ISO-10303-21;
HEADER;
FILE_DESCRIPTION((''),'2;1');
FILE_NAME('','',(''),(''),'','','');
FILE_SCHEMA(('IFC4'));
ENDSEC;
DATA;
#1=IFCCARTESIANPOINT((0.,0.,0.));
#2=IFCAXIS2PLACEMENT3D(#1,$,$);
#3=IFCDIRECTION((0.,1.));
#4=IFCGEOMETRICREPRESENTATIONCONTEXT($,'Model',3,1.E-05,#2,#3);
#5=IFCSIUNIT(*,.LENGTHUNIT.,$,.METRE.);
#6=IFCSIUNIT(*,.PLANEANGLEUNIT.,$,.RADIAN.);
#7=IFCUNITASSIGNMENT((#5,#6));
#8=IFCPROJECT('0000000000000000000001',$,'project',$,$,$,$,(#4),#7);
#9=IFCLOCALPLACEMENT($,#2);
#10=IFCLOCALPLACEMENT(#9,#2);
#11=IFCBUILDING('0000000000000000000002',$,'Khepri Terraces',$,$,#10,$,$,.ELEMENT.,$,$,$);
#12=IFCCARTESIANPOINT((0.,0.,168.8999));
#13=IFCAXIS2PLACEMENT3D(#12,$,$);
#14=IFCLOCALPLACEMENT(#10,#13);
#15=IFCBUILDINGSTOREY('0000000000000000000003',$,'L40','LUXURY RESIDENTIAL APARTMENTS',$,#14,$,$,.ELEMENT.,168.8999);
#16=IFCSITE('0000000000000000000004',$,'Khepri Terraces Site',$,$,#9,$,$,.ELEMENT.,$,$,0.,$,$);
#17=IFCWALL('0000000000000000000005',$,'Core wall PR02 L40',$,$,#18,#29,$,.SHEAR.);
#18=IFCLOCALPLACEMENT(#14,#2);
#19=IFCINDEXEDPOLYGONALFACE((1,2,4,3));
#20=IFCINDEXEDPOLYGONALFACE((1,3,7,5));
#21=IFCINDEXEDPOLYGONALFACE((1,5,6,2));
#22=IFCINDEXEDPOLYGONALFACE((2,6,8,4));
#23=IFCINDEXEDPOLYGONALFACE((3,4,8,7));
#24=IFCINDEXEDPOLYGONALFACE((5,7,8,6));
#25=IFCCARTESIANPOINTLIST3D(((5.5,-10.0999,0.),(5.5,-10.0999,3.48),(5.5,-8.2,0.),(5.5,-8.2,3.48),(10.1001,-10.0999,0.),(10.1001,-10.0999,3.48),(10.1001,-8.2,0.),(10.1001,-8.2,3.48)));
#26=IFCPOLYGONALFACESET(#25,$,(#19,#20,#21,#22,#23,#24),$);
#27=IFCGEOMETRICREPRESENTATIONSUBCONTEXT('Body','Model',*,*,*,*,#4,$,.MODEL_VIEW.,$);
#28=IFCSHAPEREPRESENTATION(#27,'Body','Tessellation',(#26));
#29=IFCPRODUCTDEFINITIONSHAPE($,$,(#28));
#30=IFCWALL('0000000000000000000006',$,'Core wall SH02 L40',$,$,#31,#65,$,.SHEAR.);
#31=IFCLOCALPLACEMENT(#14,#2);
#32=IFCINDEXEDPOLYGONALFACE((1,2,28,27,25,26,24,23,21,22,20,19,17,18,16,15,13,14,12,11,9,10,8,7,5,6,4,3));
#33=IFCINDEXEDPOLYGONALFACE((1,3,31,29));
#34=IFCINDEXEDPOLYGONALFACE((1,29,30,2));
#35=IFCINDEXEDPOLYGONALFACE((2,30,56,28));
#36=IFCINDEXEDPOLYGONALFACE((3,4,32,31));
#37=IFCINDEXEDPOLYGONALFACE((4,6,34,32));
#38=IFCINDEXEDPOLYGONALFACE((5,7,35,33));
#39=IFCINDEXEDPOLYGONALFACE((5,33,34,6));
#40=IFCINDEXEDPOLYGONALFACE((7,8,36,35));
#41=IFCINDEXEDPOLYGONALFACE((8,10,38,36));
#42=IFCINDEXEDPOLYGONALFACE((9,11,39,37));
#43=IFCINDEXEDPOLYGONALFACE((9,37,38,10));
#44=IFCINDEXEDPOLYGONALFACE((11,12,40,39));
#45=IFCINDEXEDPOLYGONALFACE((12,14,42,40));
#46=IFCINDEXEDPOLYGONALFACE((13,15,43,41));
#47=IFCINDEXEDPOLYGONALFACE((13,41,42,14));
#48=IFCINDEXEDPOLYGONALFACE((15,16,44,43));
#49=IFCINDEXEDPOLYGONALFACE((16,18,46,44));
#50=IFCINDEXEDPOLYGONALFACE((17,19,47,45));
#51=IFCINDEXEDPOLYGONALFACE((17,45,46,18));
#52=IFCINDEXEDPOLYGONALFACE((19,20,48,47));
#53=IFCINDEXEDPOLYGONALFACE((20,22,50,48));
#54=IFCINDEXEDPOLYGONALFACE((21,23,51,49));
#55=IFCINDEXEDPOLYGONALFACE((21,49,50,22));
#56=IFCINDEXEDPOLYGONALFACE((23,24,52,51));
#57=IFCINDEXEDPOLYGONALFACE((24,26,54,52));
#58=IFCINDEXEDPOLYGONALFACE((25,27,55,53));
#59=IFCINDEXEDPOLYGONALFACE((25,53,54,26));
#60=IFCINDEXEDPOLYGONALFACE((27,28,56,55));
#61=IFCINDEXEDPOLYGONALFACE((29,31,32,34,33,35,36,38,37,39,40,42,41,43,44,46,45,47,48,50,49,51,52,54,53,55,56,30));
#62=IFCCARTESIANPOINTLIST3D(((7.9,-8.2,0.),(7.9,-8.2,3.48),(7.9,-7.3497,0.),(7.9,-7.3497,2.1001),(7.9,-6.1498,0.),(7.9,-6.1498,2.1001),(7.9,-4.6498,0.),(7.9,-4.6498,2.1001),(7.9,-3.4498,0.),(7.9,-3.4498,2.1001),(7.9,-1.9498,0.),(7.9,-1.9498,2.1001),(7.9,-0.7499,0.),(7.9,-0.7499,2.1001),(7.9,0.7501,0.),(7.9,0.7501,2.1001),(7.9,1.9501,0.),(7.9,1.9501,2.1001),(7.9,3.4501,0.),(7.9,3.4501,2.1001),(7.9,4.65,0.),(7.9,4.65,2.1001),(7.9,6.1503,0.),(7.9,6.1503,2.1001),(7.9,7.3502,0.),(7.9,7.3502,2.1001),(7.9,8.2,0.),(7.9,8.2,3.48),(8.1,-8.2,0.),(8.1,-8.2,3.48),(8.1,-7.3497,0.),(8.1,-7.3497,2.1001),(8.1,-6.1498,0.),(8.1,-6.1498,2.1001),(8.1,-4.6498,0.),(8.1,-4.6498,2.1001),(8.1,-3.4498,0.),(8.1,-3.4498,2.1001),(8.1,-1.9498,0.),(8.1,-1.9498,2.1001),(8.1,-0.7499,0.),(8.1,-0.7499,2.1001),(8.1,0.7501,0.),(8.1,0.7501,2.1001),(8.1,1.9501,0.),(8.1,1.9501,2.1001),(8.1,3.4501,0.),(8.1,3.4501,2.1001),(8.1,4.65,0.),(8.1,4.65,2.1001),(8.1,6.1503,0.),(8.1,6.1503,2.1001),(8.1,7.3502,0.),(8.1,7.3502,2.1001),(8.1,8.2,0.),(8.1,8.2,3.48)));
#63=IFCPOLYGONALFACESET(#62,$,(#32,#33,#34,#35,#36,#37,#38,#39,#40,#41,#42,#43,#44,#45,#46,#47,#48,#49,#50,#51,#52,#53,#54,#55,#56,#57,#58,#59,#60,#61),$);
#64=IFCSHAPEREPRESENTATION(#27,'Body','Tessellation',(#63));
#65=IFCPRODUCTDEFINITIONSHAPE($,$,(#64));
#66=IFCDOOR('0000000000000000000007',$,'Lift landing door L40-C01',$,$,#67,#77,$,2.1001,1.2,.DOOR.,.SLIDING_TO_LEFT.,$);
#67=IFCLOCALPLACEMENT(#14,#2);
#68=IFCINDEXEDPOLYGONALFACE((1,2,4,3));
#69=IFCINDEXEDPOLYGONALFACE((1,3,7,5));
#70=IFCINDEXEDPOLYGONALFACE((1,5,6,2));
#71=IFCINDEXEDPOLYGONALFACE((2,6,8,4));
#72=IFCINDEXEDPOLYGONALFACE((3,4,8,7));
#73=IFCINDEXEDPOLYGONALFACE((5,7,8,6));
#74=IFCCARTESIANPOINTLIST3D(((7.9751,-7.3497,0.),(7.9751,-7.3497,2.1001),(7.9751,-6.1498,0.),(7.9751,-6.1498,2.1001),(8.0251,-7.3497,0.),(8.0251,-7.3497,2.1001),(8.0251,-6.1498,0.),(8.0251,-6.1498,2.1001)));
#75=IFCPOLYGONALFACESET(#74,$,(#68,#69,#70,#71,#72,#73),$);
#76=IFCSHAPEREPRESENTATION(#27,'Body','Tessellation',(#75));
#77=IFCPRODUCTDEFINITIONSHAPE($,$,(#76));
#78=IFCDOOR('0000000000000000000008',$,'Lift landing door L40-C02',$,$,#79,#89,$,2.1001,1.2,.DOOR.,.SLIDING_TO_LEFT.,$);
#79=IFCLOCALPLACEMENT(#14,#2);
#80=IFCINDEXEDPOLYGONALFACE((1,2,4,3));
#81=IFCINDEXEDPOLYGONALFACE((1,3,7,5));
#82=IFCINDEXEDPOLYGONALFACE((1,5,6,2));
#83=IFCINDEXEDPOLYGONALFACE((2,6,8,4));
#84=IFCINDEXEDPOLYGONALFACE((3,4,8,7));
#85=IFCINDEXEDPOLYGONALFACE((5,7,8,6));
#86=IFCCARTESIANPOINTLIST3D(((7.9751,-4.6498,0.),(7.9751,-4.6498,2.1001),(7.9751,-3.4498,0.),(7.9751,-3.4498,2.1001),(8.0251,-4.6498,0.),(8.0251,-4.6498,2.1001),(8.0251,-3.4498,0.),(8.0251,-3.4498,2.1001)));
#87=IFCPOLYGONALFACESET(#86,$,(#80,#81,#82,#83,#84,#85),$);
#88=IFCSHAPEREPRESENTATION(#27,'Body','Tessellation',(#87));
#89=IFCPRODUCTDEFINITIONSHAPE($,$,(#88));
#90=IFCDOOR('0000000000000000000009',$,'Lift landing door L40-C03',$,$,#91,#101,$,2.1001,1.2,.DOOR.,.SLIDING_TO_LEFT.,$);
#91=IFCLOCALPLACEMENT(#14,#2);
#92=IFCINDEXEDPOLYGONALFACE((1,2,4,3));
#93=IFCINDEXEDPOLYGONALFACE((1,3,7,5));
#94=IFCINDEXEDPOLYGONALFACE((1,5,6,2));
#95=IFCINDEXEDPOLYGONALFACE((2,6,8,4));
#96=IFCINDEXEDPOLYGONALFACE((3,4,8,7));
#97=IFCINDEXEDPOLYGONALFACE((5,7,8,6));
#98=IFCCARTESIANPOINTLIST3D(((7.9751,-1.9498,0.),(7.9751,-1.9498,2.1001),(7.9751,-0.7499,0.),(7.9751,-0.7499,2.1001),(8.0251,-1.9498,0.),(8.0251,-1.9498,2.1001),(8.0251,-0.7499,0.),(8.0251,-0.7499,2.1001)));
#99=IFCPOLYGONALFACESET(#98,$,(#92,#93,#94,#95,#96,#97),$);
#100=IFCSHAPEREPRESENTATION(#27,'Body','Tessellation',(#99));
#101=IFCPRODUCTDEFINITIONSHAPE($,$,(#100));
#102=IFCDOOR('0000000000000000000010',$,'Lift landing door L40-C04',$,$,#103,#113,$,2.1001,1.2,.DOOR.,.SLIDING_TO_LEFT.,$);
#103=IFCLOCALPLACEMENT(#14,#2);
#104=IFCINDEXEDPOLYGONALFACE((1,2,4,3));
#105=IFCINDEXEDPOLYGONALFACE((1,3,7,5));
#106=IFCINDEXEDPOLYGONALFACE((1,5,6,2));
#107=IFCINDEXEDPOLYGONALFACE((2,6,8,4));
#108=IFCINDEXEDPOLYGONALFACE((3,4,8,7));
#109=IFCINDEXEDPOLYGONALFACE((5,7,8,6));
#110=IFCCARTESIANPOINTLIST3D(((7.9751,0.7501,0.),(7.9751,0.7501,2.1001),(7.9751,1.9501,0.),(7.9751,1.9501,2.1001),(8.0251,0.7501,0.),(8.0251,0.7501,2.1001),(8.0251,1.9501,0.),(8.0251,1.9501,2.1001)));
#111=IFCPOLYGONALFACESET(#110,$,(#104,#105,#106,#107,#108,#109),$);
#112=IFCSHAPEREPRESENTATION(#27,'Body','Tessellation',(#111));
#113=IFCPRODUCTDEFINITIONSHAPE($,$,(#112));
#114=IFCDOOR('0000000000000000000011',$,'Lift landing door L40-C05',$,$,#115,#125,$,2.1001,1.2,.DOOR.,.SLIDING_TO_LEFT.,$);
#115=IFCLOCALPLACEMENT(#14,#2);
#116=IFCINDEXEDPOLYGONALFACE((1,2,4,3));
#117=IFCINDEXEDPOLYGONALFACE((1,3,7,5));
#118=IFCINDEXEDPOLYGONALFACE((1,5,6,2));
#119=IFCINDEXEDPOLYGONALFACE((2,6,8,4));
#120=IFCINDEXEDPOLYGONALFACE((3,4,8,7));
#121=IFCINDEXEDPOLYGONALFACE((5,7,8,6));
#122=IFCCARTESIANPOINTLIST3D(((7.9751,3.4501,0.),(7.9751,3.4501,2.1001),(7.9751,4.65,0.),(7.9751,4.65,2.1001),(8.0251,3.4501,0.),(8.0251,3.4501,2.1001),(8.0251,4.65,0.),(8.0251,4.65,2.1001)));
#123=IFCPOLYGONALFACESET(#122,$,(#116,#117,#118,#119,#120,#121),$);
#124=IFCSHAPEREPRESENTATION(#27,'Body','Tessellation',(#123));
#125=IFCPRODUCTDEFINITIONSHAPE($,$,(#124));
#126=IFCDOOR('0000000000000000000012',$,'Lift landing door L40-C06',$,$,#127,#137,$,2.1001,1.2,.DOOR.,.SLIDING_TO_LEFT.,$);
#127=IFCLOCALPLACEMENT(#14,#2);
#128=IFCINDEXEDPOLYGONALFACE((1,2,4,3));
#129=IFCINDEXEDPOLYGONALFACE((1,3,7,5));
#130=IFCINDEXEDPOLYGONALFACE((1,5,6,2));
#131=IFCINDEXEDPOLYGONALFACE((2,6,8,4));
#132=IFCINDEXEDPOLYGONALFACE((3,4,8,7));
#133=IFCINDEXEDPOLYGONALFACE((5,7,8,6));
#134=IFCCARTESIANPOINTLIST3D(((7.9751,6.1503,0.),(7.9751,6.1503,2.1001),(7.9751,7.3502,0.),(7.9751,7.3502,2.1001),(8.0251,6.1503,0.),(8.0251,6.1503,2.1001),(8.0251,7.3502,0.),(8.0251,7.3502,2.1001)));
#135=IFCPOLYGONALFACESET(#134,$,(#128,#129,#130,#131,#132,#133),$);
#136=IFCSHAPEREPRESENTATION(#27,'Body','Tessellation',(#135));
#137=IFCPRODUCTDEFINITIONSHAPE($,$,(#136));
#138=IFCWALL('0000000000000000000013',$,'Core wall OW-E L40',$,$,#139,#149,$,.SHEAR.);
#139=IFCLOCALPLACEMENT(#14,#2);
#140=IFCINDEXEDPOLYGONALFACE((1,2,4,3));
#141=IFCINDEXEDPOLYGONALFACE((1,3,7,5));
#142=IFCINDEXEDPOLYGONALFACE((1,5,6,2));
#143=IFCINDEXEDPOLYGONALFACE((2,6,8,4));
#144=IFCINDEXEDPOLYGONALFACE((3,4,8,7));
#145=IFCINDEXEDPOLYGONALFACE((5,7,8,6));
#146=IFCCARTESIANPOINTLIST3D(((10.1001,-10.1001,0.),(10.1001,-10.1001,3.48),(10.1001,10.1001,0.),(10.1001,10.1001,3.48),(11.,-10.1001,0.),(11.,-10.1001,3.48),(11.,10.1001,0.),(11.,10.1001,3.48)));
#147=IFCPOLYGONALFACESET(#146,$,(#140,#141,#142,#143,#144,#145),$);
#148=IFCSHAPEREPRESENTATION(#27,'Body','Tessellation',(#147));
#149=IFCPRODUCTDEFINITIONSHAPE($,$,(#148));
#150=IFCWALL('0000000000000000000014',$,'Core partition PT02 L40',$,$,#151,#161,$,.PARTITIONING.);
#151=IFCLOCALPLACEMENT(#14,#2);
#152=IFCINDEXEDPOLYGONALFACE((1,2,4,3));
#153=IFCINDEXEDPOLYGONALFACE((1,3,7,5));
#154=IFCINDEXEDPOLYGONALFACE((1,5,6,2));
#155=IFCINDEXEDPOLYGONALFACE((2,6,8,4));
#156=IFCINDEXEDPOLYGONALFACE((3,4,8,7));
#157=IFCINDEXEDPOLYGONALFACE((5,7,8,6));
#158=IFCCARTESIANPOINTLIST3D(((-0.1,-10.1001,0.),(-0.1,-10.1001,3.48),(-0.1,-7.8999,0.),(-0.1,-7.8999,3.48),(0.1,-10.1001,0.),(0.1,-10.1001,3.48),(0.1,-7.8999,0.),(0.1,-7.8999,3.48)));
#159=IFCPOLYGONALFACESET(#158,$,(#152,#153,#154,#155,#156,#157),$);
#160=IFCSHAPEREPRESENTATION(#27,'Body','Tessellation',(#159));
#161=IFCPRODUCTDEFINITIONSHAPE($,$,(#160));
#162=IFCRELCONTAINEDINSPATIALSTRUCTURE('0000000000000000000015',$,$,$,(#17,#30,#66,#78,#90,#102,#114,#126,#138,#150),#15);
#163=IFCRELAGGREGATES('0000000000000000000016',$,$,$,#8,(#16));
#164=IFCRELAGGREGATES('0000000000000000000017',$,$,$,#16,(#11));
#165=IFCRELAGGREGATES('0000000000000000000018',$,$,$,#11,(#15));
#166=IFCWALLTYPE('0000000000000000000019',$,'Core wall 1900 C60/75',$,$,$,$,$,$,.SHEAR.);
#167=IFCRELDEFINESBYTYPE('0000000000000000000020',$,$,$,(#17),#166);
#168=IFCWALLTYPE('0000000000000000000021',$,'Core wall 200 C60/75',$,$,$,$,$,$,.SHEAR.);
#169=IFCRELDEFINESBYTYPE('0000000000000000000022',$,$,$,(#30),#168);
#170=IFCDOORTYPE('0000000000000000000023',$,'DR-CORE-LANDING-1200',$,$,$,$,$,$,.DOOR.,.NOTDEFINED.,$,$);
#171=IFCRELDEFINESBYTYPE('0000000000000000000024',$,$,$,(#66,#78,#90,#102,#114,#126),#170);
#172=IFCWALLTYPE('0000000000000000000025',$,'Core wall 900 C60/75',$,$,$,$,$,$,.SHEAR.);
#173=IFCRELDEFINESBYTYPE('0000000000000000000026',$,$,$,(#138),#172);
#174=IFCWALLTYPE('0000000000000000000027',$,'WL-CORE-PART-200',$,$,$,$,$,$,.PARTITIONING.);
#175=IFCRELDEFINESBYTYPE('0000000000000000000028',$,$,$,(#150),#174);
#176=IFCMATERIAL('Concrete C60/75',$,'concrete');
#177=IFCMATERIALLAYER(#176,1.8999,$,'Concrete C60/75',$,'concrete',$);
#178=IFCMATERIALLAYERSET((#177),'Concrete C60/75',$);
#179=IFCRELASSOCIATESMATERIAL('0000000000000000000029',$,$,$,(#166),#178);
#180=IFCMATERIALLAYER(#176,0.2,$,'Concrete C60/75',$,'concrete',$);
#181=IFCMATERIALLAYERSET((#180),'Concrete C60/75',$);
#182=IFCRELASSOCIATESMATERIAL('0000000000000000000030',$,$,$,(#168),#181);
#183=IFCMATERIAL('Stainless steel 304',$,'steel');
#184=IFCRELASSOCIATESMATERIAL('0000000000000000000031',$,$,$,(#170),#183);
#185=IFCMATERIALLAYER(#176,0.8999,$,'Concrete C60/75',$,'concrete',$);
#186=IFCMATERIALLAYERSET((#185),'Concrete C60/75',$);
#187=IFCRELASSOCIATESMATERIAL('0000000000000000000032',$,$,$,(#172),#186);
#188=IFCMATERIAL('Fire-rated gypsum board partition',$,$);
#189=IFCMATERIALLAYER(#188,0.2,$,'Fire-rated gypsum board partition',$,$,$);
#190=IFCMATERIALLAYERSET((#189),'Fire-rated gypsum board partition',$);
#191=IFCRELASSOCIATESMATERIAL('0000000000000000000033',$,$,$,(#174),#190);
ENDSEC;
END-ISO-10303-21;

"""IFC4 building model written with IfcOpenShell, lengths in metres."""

from ifc_helpers import new_model, si_unit, direction, frame, frame_2d, origin, place, context, subcontext, project, spatial, rectangle, extrude, material, layer, layer_set, type_object, element, fill, save


model = new_model("IFC4")

# Units and contexts
model_context = context("Model", 3, precision=1e-05, world=origin(), true_north=direction((0.0, 1.0)))
body_context = subcontext(model_context, "Body", "Model", "MODEL_VIEW")
ifc_project = project(units=[si_unit("LENGTHUNIT", "METRE"), si_unit("PLANEANGLEUNIT", "RADIAN")], contexts=[model_context])

# Site, building, storey
site_placement = place(None, origin())
site = spatial("IfcSite", under=ifc_project, at=site_placement, Name="Khepri Terraces Site", CompositionType="ELEMENT", RefElevation=0.0)
building_placement = place(site_placement, origin())
building = spatial("IfcBuilding", under=site, at=building_placement, Name="Khepri Terraces", CompositionType="ELEMENT")
storey_placement = place(building_placement, frame((0.0, 0.0, 168.8999)))
storey = spatial("IfcBuildingStorey", under=building, at=storey_placement, Name="L40", Description="LUXURY RESIDENTIAL APARTMENTS", CompositionType="ELEMENT", Elevation=168.8999)

# Wall
ifc_material_1 = material(Name="Concrete C60/75", Category="concrete")
ifc_layer_1 = layer(ifc_material_1, 1.8999, Name="Concrete C60/75", Category="concrete")
ifc_layer_set_1 = layer_set([ifc_layer_1], Name="Concrete C60/75")
wall_type_1 = type_object("IfcWallType", Name="Core wall 1900 C60/75", PredefinedType="SHEAR", material=ifc_layer_set_1)
wall_1_placement = place(storey_placement, frame((5.5, -9.1499, 0.0), z_axis=(0.0, 0.0, 1.0), x_axis=(1.0, 0.0, 0.0)))
element("IfcWall", 1, at=wall_1_placement, inside=storey, type_object=wall_type_1, Name="Core wall PR02 L40", PredefinedType="SHEAR", context=body_context, shape_type="SweptSolid", body=[
    extrude(rectangle(XDim=4.6001, YDim=1.8999, at=frame_2d((2.3, 0.0))), origin(), (0.0, 0.0, 1.0), 3.48),
])

# Wall, openings, doors
ifc_layer_2 = layer(ifc_material_1, 0.2, Name="Concrete C60/75", Category="concrete")
ifc_layer_set_2 = layer_set([ifc_layer_2], Name="Concrete C60/75")
wall_type_2 = type_object("IfcWallType", Name="Core wall 200 C60/75", PredefinedType="SHEAR", material=ifc_layer_set_2)
wall_2_placement = place(storey_placement, frame((8.0, -8.2, 0.0), z_axis=(0.0, 0.0, 1.0), x_axis=(0.0, 1.0, 0.0)))
wall_2 = element("IfcWall", 2, at=wall_2_placement, inside=storey, type_object=wall_type_2, Name="Core wall SH02 L40", PredefinedType="SHEAR", context=body_context, shape_type="SweptSolid", body=[
    extrude(rectangle(XDim=16.3999, YDim=0.2, at=frame_2d((8.2, 0.0))), origin(), (0.0, 0.0, 1.0), 3.48),
])
opening_1_placement = place(wall_2_placement, frame((0.8501, 0.0, 0.0)))
opening_1 = element("IfcOpeningElement", 3, at=opening_1_placement, cuts=wall_2, PredefinedType="OPENING", context=body_context, shape_type="SweptSolid", body=[
    extrude(rectangle(XDim=1.2, YDim=2.1001, at=frame_2d((0.6001, 1.05))), frame((0.0, 0.1099, 0.0), z_axis=(0.0, -1.0, 0.0), x_axis=(1.0, 0.0, 0.0)), (0.0, 0.0, 1.0), 0.22),
])
opening_2_placement = place(wall_2_placement, frame((3.55, 0.0, 0.0)))
opening_2 = element("IfcOpeningElement", 4, at=opening_2_placement, cuts=wall_2, PredefinedType="OPENING", context=body_context, shape_type="SweptSolid", body=[
    extrude(rectangle(XDim=1.2, YDim=2.1001, at=frame_2d((0.6001, 1.05))), frame((0.0, 0.1099, 0.0), z_axis=(0.0, -1.0, 0.0), x_axis=(1.0, 0.0, 0.0)), (0.0, 0.0, 1.0), 0.22),
])
opening_3_placement = place(wall_2_placement, frame((6.25, 0.0, 0.0)))
opening_3 = element("IfcOpeningElement", 5, at=opening_3_placement, cuts=wall_2, PredefinedType="OPENING", context=body_context, shape_type="SweptSolid", body=[
    extrude(rectangle(XDim=1.2, YDim=2.1001, at=frame_2d((0.6001, 1.05))), frame((0.0, 0.1099, 0.0), z_axis=(0.0, -1.0, 0.0), x_axis=(1.0, 0.0, 0.0)), (0.0, 0.0, 1.0), 0.22),
])
opening_4_placement = place(wall_2_placement, frame((8.95, 0.0, 0.0)))
opening_4 = element("IfcOpeningElement", 6, at=opening_4_placement, cuts=wall_2, PredefinedType="OPENING", context=body_context, shape_type="SweptSolid", body=[
    extrude(rectangle(XDim=1.2, YDim=2.1001, at=frame_2d((0.6001, 1.05))), frame((0.0, 0.1099, 0.0), z_axis=(0.0, -1.0, 0.0), x_axis=(1.0, 0.0, 0.0)), (0.0, 0.0, 1.0), 0.22),
])
opening_5_placement = place(wall_2_placement, frame((11.6499, 0.0, 0.0)))
opening_5 = element("IfcOpeningElement", 7, at=opening_5_placement, cuts=wall_2, PredefinedType="OPENING", context=body_context, shape_type="SweptSolid", body=[
    extrude(rectangle(XDim=1.2, YDim=2.1001, at=frame_2d((0.6001, 1.05))), frame((0.0, 0.1099, 0.0), z_axis=(0.0, -1.0, 0.0), x_axis=(1.0, 0.0, 0.0)), (0.0, 0.0, 1.0), 0.22),
])
opening_6_placement = place(wall_2_placement, frame((14.3501, 0.0, 0.0)))
opening_6 = element("IfcOpeningElement", 8, at=opening_6_placement, cuts=wall_2, PredefinedType="OPENING", context=body_context, shape_type="SweptSolid", body=[
    extrude(rectangle(XDim=1.2, YDim=2.1001, at=frame_2d((0.6001, 1.05))), frame((0.0, 0.1099, 0.0), z_axis=(0.0, -1.0, 0.0), x_axis=(1.0, 0.0, 0.0)), (0.0, 0.0, 1.0), 0.22),
])
ifc_material_2 = material(Name="Stainless steel 304", Category="steel")
door_type_1 = type_object("IfcDoorType", Name="DR-CORE-LANDING-1200", OperationType="NOTDEFINED", PredefinedType="DOOR", material=ifc_material_2)
door_1_placement = place(opening_1_placement, origin())
door_1 = element("IfcDoor", 9, at=door_1_placement, inside=storey, type_object=door_type_1, Name="Lift landing door L40-C01", OperationType="SLIDING_TO_LEFT", OverallHeight=2.1001, OverallWidth=1.2, PredefinedType="DOOR", context=body_context, shape_type="SweptSolid", body=[
    extrude(rectangle(XDim=1.2, YDim=2.1001, at=frame_2d((0.6001, 1.05))), frame((0.0, 0.0249, 0.0), z_axis=(0.0, -1.0, 0.0), x_axis=(1.0, 0.0, 0.0)), (0.0, 0.0, 1.0), 0.05),
])
fill(opening_1, door_1)
door_2_placement = place(opening_2_placement, origin())
door_2 = element("IfcDoor", 10, at=door_2_placement, inside=storey, type_object=door_type_1, Name="Lift landing door L40-C02", OperationType="SLIDING_TO_LEFT", OverallHeight=2.1001, OverallWidth=1.2, PredefinedType="DOOR", context=body_context, shape_type="SweptSolid", body=[
    extrude(rectangle(XDim=1.2, YDim=2.1001, at=frame_2d((0.6001, 1.05))), frame((0.0, 0.0249, 0.0), z_axis=(0.0, -1.0, 0.0), x_axis=(1.0, 0.0, 0.0)), (0.0, 0.0, 1.0), 0.05),
])
fill(opening_2, door_2)
door_3_placement = place(opening_3_placement, origin())
door_3 = element("IfcDoor", 11, at=door_3_placement, inside=storey, type_object=door_type_1, Name="Lift landing door L40-C03", OperationType="SLIDING_TO_LEFT", OverallHeight=2.1001, OverallWidth=1.2, PredefinedType="DOOR", context=body_context, shape_type="SweptSolid", body=[
    extrude(rectangle(XDim=1.2, YDim=2.1001, at=frame_2d((0.6001, 1.05))), frame((0.0, 0.0249, 0.0), z_axis=(0.0, -1.0, 0.0), x_axis=(1.0, 0.0, 0.0)), (0.0, 0.0, 1.0), 0.05),
])
fill(opening_3, door_3)
door_4_placement = place(opening_4_placement, origin())
door_4 = element("IfcDoor", 12, at=door_4_placement, inside=storey, type_object=door_type_1, Name="Lift landing door L40-C04", OperationType="SLIDING_TO_LEFT", OverallHeight=2.1001, OverallWidth=1.2, PredefinedType="DOOR", context=body_context, shape_type="SweptSolid", body=[
    extrude(rectangle(XDim=1.2, YDim=2.1001, at=frame_2d((0.6001, 1.05))), frame((0.0, 0.0249, 0.0), z_axis=(0.0, -1.0, 0.0), x_axis=(1.0, 0.0, 0.0)), (0.0, 0.0, 1.0), 0.05),
])
fill(opening_4, door_4)
door_5_placement = place(opening_5_placement, origin())
door_5 = element("IfcDoor", 13, at=door_5_placement, inside=storey, type_object=door_type_1, Name="Lift landing door L40-C05", OperationType="SLIDING_TO_LEFT", OverallHeight=2.1001, OverallWidth=1.2, PredefinedType="DOOR", context=body_context, shape_type="SweptSolid", body=[
    extrude(rectangle(XDim=1.2, YDim=2.1001, at=frame_2d((0.6001, 1.05))), frame((0.0, 0.0249, 0.0), z_axis=(0.0, -1.0, 0.0), x_axis=(1.0, 0.0, 0.0)), (0.0, 0.0, 1.0), 0.05),
])
fill(opening_5, door_5)
door_6_placement = place(opening_6_placement, origin())
door_6 = element("IfcDoor", 14, at=door_6_placement, inside=storey, type_object=door_type_1, Name="Lift landing door L40-C06", OperationType="SLIDING_TO_LEFT", OverallHeight=2.1001, OverallWidth=1.2, PredefinedType="DOOR", context=body_context, shape_type="SweptSolid", body=[
    extrude(rectangle(XDim=1.2, YDim=2.1001, at=frame_2d((0.6001, 1.05))), frame((0.0, 0.0249, 0.0), z_axis=(0.0, -1.0, 0.0), x_axis=(1.0, 0.0, 0.0)), (0.0, 0.0, 1.0), 0.05),
])
fill(opening_6, door_6)

# Walls
ifc_layer_3 = layer(ifc_material_1, 0.8999, Name="Concrete C60/75", Category="concrete")
ifc_layer_set_3 = layer_set([ifc_layer_3], Name="Concrete C60/75")
wall_type_3 = type_object("IfcWallType", Name="Core wall 900 C60/75", PredefinedType="SHEAR", material=ifc_layer_set_3)
wall_3_placement = place(storey_placement, frame((10.55, -10.1001, 0.0), z_axis=(0.0, 0.0, 1.0), x_axis=(0.0, 1.0, 0.0)))
element("IfcWall", 15, at=wall_3_placement, inside=storey, type_object=wall_type_3, Name="Core wall OW-E L40", PredefinedType="SHEAR", context=body_context, shape_type="SweptSolid", body=[
    extrude(rectangle(XDim=20.2002, YDim=0.8999, at=frame_2d((10.1001, 0.0))), origin(), (0.0, 0.0, 1.0), 3.48),
])
ifc_material_3 = material(Name="Fire-rated gypsum board partition")
ifc_layer_4 = layer(ifc_material_3, 0.2, Name="Fire-rated gypsum board partition")
ifc_layer_set_4 = layer_set([ifc_layer_4], Name="Fire-rated gypsum board partition")
wall_type_4 = type_object("IfcWallType", Name="WL-CORE-PART-200", PredefinedType="PARTITIONING", material=ifc_layer_set_4)
wall_4_placement = place(storey_placement, frame((0.0, -10.1001, 0.0), z_axis=(0.0, 0.0, 1.0), x_axis=(0.0, 1.0, 0.0)))
element("IfcWall", 16, at=wall_4_placement, inside=storey, type_object=wall_type_4, Name="Core partition PT02 L40", PredefinedType="PARTITIONING", context=body_context, shape_type="SweptSolid", body=[
    extrude(rectangle(XDim=2.2002, YDim=0.2, at=frame_2d((1.1001, 0.0))), origin(), (0.0, 0.0, 1.0), 3.48),
])

save(model, "model.ifc")
